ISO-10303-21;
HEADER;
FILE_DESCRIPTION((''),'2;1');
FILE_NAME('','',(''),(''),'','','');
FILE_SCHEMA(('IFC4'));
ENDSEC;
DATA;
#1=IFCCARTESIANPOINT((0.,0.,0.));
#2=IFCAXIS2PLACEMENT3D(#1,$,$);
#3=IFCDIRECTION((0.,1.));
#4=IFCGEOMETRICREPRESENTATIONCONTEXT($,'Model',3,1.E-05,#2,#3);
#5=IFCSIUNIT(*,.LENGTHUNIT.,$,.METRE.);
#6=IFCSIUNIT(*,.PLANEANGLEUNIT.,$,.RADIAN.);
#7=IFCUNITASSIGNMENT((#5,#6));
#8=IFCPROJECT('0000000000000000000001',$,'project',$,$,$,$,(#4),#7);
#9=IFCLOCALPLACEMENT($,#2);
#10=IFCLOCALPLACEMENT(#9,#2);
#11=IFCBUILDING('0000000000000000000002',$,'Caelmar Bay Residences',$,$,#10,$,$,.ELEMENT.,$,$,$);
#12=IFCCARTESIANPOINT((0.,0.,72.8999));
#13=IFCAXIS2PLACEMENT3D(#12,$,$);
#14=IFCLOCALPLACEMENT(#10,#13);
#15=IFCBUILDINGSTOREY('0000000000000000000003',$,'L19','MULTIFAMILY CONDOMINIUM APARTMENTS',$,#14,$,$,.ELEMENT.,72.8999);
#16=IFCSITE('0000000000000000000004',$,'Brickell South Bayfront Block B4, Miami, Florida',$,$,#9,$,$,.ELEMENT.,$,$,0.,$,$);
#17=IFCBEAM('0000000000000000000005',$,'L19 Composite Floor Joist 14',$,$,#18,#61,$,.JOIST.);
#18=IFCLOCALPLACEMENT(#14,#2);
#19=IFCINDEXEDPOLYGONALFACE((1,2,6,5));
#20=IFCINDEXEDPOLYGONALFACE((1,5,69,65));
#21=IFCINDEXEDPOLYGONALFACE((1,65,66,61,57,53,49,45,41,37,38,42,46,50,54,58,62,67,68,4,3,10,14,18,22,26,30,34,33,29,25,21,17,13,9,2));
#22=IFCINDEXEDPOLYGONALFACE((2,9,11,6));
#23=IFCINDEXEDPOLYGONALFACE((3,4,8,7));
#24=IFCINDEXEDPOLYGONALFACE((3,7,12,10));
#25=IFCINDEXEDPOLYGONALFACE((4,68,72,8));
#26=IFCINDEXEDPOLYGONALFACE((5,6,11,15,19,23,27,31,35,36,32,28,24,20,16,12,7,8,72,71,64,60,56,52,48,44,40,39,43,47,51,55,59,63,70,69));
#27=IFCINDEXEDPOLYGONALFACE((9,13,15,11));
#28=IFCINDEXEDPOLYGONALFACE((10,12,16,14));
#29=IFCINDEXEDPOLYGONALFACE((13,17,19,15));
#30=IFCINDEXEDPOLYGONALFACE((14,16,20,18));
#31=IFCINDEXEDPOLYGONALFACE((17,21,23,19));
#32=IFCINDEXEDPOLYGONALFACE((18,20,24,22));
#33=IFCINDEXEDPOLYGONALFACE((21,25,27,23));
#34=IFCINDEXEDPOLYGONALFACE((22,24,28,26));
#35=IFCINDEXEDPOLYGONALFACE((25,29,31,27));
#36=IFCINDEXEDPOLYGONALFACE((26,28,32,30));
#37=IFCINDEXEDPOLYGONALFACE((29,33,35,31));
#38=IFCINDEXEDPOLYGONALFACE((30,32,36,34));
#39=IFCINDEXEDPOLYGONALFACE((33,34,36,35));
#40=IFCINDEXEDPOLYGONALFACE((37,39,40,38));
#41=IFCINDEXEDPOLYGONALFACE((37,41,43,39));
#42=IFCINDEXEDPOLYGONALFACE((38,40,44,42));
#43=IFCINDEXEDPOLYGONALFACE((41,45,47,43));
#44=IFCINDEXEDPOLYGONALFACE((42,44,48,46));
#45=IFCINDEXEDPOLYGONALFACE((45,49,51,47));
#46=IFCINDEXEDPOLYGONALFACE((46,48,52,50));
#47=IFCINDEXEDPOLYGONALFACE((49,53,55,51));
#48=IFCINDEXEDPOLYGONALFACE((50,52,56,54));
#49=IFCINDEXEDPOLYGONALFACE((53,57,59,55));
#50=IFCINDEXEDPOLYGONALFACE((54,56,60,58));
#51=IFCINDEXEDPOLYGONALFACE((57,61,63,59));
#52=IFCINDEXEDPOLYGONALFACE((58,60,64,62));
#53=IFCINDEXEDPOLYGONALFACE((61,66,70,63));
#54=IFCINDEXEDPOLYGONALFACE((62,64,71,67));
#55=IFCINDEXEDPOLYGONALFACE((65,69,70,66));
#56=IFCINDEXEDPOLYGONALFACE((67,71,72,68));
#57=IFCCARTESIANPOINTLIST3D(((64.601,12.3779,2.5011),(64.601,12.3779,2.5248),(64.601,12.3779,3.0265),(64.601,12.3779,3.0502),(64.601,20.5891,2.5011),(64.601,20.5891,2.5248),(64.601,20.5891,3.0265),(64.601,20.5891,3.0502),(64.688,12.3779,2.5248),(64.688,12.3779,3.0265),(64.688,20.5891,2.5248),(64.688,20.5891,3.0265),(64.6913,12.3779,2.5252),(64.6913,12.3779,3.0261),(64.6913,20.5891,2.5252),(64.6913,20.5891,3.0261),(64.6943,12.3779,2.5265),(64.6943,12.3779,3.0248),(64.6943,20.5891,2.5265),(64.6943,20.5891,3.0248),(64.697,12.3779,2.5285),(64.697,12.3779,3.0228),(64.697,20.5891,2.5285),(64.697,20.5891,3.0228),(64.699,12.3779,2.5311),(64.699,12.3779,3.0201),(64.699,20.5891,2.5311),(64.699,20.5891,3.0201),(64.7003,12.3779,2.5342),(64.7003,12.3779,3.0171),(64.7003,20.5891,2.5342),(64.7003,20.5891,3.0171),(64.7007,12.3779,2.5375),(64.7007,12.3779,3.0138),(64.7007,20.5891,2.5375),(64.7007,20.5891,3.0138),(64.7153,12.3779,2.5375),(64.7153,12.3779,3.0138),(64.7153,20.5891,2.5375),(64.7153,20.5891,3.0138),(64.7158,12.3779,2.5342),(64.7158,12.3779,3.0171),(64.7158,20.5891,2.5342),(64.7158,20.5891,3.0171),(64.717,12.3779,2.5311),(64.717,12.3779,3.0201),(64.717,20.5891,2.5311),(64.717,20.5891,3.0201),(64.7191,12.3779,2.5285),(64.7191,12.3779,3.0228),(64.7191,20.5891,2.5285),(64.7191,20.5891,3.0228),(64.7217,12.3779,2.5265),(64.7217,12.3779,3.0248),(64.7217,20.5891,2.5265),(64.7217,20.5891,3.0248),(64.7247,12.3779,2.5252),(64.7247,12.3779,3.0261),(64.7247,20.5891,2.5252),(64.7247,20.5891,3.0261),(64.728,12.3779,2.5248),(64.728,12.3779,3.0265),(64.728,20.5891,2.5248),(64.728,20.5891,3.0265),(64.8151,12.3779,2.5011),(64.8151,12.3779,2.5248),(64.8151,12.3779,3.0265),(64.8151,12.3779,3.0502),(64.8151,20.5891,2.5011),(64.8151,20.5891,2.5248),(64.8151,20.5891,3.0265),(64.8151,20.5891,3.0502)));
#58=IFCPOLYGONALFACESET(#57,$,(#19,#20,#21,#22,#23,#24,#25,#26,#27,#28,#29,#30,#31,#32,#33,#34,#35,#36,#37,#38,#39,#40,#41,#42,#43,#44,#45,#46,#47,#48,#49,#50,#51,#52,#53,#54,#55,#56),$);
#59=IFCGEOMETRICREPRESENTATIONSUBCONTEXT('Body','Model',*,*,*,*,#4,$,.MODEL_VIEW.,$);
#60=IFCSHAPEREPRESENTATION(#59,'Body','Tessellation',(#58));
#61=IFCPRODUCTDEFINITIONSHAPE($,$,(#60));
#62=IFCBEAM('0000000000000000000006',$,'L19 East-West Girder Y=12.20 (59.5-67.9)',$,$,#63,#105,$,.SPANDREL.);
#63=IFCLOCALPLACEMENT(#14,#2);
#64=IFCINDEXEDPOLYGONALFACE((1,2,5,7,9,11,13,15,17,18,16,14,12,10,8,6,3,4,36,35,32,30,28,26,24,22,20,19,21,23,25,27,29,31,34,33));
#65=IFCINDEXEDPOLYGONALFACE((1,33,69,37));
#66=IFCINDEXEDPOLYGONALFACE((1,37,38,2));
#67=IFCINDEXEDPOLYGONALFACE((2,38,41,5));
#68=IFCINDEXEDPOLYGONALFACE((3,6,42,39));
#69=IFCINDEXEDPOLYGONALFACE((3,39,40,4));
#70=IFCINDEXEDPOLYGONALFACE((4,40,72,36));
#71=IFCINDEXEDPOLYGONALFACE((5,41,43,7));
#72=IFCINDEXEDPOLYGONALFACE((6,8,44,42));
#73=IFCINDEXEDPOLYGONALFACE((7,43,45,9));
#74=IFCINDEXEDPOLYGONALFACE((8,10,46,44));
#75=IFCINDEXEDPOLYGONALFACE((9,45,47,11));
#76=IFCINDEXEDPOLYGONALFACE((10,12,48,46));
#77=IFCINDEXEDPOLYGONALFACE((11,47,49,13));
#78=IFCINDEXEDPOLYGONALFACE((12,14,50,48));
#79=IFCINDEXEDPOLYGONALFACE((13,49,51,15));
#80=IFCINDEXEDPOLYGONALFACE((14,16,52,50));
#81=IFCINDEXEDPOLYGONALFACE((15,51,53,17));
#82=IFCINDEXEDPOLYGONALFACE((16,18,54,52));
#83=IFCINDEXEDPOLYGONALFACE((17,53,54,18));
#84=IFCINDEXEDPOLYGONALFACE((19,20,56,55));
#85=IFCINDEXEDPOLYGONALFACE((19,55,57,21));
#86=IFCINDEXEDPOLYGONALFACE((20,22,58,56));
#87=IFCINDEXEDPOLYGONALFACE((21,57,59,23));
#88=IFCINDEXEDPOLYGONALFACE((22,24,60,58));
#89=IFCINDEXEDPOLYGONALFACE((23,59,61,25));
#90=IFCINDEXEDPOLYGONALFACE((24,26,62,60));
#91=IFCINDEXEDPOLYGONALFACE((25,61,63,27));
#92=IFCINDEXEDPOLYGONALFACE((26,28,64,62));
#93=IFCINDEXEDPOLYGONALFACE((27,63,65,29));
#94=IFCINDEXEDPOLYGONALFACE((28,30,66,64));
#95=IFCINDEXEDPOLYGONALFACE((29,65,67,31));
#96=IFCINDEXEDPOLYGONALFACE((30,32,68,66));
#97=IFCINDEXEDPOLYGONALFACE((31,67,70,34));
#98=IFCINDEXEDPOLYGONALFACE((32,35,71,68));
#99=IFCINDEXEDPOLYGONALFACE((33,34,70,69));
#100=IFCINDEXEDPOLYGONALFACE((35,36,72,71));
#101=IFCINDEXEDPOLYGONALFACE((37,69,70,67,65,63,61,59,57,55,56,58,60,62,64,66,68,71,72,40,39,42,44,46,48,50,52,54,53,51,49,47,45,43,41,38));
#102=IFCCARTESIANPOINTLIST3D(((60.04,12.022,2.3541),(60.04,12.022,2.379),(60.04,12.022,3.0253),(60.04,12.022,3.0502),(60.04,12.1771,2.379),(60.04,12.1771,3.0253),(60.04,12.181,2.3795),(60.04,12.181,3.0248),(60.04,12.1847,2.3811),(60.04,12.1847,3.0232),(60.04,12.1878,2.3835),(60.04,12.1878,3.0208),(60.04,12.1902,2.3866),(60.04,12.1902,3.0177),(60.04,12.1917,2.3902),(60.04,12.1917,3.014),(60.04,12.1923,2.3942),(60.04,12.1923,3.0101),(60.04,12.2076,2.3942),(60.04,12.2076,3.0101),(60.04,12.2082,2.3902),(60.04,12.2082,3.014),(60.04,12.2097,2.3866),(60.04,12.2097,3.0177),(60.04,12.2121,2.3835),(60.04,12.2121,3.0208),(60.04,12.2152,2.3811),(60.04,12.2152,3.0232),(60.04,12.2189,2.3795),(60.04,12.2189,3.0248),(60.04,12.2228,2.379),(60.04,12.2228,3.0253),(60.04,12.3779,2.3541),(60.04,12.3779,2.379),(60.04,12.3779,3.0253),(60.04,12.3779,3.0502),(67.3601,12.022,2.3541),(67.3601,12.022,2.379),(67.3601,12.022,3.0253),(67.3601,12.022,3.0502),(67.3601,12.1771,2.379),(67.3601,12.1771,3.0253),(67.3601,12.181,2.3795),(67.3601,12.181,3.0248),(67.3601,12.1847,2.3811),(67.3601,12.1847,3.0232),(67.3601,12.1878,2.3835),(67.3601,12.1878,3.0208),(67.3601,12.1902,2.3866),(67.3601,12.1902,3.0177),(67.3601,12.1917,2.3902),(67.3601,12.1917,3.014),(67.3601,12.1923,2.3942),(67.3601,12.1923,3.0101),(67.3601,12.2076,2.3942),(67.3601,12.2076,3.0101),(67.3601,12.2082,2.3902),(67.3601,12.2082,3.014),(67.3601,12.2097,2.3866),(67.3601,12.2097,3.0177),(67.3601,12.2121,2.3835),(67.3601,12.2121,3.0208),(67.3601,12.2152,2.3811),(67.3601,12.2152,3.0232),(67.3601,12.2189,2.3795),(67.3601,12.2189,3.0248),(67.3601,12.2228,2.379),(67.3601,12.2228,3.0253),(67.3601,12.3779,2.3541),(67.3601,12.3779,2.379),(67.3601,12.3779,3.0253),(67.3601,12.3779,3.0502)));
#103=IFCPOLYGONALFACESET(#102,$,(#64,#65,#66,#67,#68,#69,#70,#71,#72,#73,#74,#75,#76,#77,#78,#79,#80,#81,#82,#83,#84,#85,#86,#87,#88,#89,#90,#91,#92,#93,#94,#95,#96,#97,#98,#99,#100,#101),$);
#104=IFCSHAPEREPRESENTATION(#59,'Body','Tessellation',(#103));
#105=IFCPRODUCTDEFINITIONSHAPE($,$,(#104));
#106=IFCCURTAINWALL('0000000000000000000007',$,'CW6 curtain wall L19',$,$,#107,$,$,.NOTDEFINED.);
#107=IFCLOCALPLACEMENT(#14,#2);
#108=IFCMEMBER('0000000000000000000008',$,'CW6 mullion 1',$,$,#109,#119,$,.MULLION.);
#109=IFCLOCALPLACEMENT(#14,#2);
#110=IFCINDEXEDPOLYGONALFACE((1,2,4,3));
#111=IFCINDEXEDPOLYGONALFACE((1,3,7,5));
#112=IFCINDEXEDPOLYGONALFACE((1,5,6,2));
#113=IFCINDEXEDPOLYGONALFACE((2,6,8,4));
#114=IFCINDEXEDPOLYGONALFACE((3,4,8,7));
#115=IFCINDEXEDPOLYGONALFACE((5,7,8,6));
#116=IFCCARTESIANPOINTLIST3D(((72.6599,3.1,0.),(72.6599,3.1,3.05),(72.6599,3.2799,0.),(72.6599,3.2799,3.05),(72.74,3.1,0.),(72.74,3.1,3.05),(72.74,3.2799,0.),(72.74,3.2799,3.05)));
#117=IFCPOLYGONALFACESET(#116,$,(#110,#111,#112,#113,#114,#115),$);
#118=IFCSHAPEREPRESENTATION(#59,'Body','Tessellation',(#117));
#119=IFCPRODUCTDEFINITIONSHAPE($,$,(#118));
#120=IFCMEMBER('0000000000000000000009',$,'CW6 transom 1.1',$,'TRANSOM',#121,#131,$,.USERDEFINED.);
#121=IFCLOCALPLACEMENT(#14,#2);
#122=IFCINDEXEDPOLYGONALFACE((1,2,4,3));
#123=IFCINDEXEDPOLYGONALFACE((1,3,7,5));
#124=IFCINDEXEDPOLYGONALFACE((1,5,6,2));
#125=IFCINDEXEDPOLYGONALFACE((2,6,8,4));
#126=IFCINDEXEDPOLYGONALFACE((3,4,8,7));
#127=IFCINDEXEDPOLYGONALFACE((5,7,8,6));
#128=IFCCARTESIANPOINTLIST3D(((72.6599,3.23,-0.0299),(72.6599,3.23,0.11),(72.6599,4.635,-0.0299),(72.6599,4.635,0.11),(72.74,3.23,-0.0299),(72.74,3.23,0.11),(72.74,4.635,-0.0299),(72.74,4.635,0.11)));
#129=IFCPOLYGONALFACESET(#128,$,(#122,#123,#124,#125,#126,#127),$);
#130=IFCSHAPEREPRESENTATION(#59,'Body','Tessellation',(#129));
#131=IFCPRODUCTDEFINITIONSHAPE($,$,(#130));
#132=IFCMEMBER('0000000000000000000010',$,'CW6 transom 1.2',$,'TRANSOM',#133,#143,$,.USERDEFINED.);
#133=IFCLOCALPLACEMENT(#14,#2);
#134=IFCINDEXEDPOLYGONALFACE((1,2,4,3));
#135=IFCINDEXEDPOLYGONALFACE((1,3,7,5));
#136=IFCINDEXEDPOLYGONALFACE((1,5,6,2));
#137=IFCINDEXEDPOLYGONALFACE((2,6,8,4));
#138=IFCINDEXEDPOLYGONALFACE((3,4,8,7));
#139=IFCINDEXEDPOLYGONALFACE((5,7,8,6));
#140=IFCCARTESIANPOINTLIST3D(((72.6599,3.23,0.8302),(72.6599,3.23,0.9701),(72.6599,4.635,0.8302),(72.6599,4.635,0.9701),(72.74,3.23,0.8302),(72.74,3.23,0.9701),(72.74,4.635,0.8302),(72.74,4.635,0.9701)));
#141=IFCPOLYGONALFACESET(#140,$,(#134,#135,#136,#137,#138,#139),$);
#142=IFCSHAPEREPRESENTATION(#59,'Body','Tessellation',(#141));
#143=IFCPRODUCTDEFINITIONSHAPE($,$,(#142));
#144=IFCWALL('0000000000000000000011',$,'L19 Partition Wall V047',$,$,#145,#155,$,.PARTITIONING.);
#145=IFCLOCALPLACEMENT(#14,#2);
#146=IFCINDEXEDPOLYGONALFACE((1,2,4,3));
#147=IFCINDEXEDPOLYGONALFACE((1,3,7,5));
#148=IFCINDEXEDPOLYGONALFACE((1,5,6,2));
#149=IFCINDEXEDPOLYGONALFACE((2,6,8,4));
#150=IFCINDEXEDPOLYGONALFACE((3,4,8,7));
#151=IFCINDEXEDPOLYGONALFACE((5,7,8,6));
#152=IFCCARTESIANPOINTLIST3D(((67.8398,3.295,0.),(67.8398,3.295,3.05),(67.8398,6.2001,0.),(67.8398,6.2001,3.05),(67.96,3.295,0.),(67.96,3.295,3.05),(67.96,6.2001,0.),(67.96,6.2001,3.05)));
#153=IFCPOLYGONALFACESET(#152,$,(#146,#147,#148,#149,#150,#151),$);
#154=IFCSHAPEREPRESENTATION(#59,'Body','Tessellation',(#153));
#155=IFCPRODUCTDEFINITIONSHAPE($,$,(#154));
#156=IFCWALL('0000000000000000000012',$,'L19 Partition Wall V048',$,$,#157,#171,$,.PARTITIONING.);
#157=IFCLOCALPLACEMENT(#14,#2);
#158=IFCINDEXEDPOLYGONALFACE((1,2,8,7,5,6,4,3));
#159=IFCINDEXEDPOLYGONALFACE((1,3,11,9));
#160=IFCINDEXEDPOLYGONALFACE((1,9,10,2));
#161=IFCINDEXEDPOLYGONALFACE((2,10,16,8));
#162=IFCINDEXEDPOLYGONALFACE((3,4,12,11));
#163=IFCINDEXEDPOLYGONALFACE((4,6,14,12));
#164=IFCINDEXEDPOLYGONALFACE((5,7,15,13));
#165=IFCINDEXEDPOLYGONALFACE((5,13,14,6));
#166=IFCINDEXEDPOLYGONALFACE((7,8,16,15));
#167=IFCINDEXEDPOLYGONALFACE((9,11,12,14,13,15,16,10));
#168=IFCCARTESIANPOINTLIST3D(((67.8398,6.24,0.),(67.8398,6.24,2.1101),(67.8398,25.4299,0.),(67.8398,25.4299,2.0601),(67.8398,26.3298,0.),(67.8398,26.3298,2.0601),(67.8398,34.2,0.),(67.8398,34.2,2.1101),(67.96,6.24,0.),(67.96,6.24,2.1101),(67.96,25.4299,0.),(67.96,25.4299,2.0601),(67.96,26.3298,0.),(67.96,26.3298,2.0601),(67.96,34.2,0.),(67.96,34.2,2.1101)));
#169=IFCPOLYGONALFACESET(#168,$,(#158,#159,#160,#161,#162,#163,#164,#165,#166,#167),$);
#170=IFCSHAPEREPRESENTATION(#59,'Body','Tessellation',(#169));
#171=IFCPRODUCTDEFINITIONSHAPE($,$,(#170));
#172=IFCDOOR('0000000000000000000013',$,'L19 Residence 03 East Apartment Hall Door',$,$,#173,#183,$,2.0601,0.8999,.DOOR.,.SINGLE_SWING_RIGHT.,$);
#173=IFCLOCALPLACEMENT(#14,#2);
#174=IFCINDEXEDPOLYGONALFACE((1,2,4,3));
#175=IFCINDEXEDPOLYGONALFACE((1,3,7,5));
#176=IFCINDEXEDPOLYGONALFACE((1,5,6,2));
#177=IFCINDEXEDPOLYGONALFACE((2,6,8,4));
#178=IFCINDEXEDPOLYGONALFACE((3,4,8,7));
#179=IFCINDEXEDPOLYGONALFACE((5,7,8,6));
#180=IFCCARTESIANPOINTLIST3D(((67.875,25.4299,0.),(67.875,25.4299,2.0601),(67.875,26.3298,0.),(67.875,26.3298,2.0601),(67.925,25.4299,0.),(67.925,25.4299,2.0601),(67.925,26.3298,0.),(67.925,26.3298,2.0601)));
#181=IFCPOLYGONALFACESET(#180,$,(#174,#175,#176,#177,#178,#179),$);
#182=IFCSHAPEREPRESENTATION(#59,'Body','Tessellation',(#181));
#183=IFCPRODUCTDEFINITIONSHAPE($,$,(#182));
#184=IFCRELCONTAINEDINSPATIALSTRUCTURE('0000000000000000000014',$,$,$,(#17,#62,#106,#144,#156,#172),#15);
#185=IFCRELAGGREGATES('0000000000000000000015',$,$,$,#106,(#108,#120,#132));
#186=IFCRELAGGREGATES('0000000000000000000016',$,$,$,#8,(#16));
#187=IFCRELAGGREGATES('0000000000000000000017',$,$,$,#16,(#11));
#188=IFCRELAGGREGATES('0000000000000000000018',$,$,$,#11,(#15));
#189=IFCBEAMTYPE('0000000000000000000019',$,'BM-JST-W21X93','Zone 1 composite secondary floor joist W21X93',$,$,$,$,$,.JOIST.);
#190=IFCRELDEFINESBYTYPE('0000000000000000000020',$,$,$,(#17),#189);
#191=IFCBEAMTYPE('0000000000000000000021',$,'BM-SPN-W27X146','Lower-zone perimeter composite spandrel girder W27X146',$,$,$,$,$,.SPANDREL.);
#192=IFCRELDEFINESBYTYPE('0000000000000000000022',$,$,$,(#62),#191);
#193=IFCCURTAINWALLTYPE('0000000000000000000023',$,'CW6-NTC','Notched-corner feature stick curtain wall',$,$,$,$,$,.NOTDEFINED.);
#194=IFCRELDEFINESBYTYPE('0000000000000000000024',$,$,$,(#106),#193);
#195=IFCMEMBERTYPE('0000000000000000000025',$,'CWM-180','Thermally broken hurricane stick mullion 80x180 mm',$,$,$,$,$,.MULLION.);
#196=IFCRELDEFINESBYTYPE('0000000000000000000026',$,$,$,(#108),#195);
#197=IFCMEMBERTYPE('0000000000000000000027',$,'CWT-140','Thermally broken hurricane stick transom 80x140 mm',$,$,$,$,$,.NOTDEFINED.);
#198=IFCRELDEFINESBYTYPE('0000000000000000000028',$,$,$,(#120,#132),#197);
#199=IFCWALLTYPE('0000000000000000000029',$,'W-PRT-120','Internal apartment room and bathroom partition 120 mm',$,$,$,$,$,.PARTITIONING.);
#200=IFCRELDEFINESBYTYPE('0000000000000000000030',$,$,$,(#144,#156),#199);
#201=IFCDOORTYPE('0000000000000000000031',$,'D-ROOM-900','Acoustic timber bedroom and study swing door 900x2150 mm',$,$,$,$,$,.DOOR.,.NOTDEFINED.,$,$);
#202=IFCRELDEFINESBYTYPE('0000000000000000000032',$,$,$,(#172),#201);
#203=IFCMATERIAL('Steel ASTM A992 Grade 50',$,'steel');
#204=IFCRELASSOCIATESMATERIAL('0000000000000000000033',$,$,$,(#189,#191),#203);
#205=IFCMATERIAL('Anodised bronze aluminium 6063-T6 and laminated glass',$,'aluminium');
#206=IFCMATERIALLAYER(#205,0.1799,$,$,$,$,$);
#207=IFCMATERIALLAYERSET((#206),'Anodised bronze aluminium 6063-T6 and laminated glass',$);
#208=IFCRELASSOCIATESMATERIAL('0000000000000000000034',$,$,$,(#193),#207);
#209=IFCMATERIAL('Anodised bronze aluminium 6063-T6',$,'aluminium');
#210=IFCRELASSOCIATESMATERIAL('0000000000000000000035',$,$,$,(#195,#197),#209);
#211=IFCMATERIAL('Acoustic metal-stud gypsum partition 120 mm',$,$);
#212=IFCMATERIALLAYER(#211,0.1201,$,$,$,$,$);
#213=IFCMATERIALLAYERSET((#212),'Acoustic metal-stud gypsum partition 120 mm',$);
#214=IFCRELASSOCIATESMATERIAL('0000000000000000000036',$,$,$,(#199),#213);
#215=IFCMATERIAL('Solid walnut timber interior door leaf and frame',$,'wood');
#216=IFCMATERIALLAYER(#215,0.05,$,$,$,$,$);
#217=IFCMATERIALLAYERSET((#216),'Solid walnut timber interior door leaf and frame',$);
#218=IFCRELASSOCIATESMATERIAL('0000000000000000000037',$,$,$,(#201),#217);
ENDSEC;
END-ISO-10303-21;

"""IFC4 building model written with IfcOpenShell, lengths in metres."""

from ifc_helpers import new_model, si_unit, direction, frame, frame_2d, origin, origin_2d, place, context, subcontext, project, spatial, rectangle, i_section, extrude, material, layer, layer_set, material_profile, profile_set, type_object, element, fill, aggregate, save


model = new_model("IFC4")

# Units and contexts
model_context = context("Model", 3, precision=1e-05, world=origin(), true_north=direction((0.0, 1.0)))
body_context = subcontext(model_context, "Body", "Model", "MODEL_VIEW")
ifc_project = project(units=[si_unit("LENGTHUNIT", "METRE"), si_unit("PLANEANGLEUNIT", "RADIAN")], contexts=[model_context])

# Site, building, storey
site_placement = place(None, origin())
site = spatial("IfcSite", under=ifc_project, at=site_placement, Name="Brickell South Bayfront Block B4, Miami, Florida", CompositionType="ELEMENT", RefElevation=0.0)
building_placement = place(site_placement, origin())
building = spatial("IfcBuilding", under=site, at=building_placement, Name="Caelmar Bay Residences", CompositionType="ELEMENT")
storey_placement = place(building_placement, frame((0.0, 0.0, 72.8999)))
storey = spatial("IfcBuildingStorey", under=building, at=storey_placement, Name="L19", Description="MULTIFAMILY CONDOMINIUM APARTMENTS", CompositionType="ELEMENT", Elevation=72.8999)

# Beams
ifc_material_1 = material(Name="Steel ASTM A992 Grade 50", Category="steel")
ifc_material_profile_1 = material_profile(ifc_material_1, i_section(OverallWidth=0.2141, OverallDepth=0.5491, WebThickness=0.0146, FlangeThickness=0.0237, FilletRadius=0.0127, at=origin_2d()), Name="W21X93")
ifc_profile_set_1 = profile_set([ifc_material_profile_1], Name="Steel ASTM A992 Grade 50")
beam_type_1 = type_object("IfcBeamType", Name="BM-JST-W21X93", Description="Zone 1 composite secondary floor joist W21X93", PredefinedType="JOIST", material=ifc_profile_set_1)
beam_1_placement = place(storey_placement, frame((64.708, 12.3779, 2.7756), z_axis=(0.0, 1.0, 0.0), x_axis=(-1.0, 0.0, 0.0)))
element("IfcBeam", 1, at=beam_1_placement, inside=storey, type_object=beam_type_1, Name="L19 Composite Floor Joist 14", PredefinedType="JOIST", context=body_context, shape_type="SweptSolid", body=[
    extrude(i_section(OverallWidth=0.2141, OverallDepth=0.5491, WebThickness=0.0146, FlangeThickness=0.0237, FilletRadius=0.0127, at=origin_2d()), origin(), (0.0, 0.0, 1.0), 8.2112),
])
ifc_material_profile_2 = material_profile(ifc_material_1, i_section(OverallWidth=0.356, OverallDepth=0.696, WebThickness=0.0154, FlangeThickness=0.0249, FilletRadius=0.0151, at=origin_2d()), Name="W27X146")
ifc_profile_set_2 = profile_set([ifc_material_profile_2], Name="Steel ASTM A992 Grade 50")
beam_type_2 = type_object("IfcBeamType", Name="BM-SPN-W27X146", Description="Lower-zone perimeter composite spandrel girder W27X146", PredefinedType="SPANDREL", material=ifc_profile_set_2)
beam_2_placement = place(storey_placement, frame((60.04, 12.2, 2.7021), z_axis=(1.0, 0.0, 0.0), x_axis=(0.0, 1.0, 0.0)))
element("IfcBeam", 2, at=beam_2_placement, inside=storey, type_object=beam_type_2, Name="L19 East-West Girder Y=12.20 (59.5-67.9)", PredefinedType="SPANDREL", context=body_context, shape_type="SweptSolid", body=[
    extrude(i_section(OverallWidth=0.356, OverallDepth=0.696, WebThickness=0.0154, FlangeThickness=0.0249, FilletRadius=0.0151, at=origin_2d()), origin(), (0.0, 0.0, 1.0), 7.3201),
])

# Curtain wall, members
ifc_material_2 = material(Name="Anodised bronze aluminium 6063-T6 and laminated glass", Category="aluminium")
ifc_layer_1 = layer(ifc_material_2, 0.1799)
ifc_layer_set_1 = layer_set([ifc_layer_1], Name="Anodised bronze aluminium 6063-T6 and laminated glass")
curtain_wall_type = type_object("IfcCurtainWallType", Name="CW6-NTC", Description="Notched-corner feature stick curtain wall", PredefinedType="NOTDEFINED", material=ifc_layer_set_1)
curtain_wall_placement = place(storey_placement, origin())
curtain_wall = element("IfcCurtainWall", 3, at=curtain_wall_placement, inside=storey, type_object=curtain_wall_type, Name="CW6 curtain wall L19", PredefinedType="NOTDEFINED")
ifc_material_3 = material(Name="Anodised bronze aluminium 6063-T6", Category="aluminium")
ifc_material_profile_3 = material_profile(ifc_material_3, rectangle(XDim=0.0801, YDim=0.1799, at=origin_2d()), Name="CWM-80X180")
ifc_profile_set_3 = profile_set([ifc_material_profile_3], Name="Anodised bronze aluminium 6063-T6")
member_type_1 = type_object("IfcMemberType", Name="CWM-180", Description="Thermally broken hurricane stick mullion 80x180 mm", PredefinedType="MULLION", material=ifc_profile_set_3)
member_1_placement = place(storey_placement, frame((72.7, 3.1899, 0.0), z_axis=(0.0, 0.0, 1.0), x_axis=(-1.0, 0.0, 0.0)))
member_1 = element("IfcMember", 4, at=member_1_placement, type_object=member_type_1, Name="CW6 mullion 1", PredefinedType="MULLION", context=body_context, shape_type="SweptSolid", body=[
    extrude(rectangle(XDim=0.0801, YDim=0.1799, at=origin_2d()), origin(), (0.0, 0.0, 1.0), 3.05),
])
ifc_material_profile_4 = material_profile(ifc_material_3, rectangle(XDim=0.0801, YDim=0.1399, at=origin_2d()), Name="CWT-80X140")
ifc_profile_set_4 = profile_set([ifc_material_profile_4], Name="Anodised bronze aluminium 6063-T6")
member_type_2 = type_object("IfcMemberType", Name="CWT-140", Description="Thermally broken hurricane stick transom 80x140 mm", PredefinedType="NOTDEFINED", material=ifc_profile_set_4)
member_2_placement = place(storey_placement, frame((72.7, 3.23, 0.04), z_axis=(0.0, 1.0, 0.0), x_axis=(-1.0, 0.0, 0.0)))
member_2 = element("IfcMember", 5, at=member_2_placement, type_object=member_type_2, Name="CW6 transom 1.1", ObjectType="TRANSOM", PredefinedType="USERDEFINED", context=body_context, shape_type="SweptSolid", body=[
    extrude(rectangle(XDim=0.0801, YDim=0.1399, at=origin_2d()), origin(), (0.0, 0.0, 1.0), 1.405),
])
member_3_placement = place(storey_placement, frame((72.7, 3.23, 0.9001), z_axis=(0.0, 1.0, 0.0), x_axis=(-1.0, 0.0, 0.0)))
member_3 = element("IfcMember", 6, at=member_3_placement, type_object=member_type_2, Name="CW6 transom 1.2", ObjectType="TRANSOM", PredefinedType="USERDEFINED", context=body_context, shape_type="SweptSolid", body=[
    extrude(rectangle(XDim=0.0801, YDim=0.1399, at=origin_2d()), origin(), (0.0, 0.0, 1.0), 1.405),
])
aggregate(curtain_wall, [member_1, member_2, member_3])

# Wall
ifc_material_4 = material(Name="Acoustic metal-stud gypsum partition 120 mm")
ifc_layer_2 = layer(ifc_material_4, 0.1201)
ifc_layer_set_2 = layer_set([ifc_layer_2], Name="Acoustic metal-stud gypsum partition 120 mm")
wall_type_1 = type_object("IfcWallType", Name="W-PRT-120", Description="Internal apartment room and bathroom partition 120 mm", PredefinedType="PARTITIONING", material=ifc_layer_set_2)
wall_1_placement = place(storey_placement, frame((67.8999, 3.2949, 0.0), z_axis=(0.0, 0.0, 1.0), x_axis=(0.0, 1.0, 0.0)))
element("IfcWall", 7, at=wall_1_placement, inside=storey, type_object=wall_type_1, Name="L19 Partition Wall V047", PredefinedType="PARTITIONING", context=body_context, shape_type="SweptSolid", body=[
    extrude(rectangle(XDim=2.905, YDim=0.1201, at=frame_2d((1.4526, 0.0))), origin(), (0.0, 0.0, 1.0), 3.05),
])

# Wall, opening, door
wall_2_placement = place(storey_placement, frame((67.8999, 6.24, 0.0), z_axis=(0.0, 0.0, 1.0), x_axis=(0.0, 1.0, 0.0)))
wall_2 = element("IfcWall", 8, at=wall_2_placement, inside=storey, type_object=wall_type_1, Name="L19 Partition Wall V048", PredefinedType="PARTITIONING", context=body_context, shape_type="SweptSolid", body=[
    extrude(rectangle(XDim=27.96, YDim=0.1201, at=frame_2d((13.98, 0.0))), origin(), (0.0, 0.0, 1.0), 2.1101),
])
opening_1_placement = place(wall_2_placement, frame((19.1899, 0.0, 0.0)))
opening_1 = element("IfcOpeningElement", 9, at=opening_1_placement, cuts=wall_2, PredefinedType="OPENING", context=body_context, shape_type="SweptSolid", body=[
    extrude(rectangle(XDim=0.8999, YDim=2.0601, at=frame_2d((0.45, 1.03))), frame((0.0, 0.0701, 0.0), z_axis=(0.0, -1.0, 0.0), x_axis=(1.0, 0.0, 0.0)), (0.0, 0.0, 1.0), 0.1401),
])
ifc_material_5 = material(Name="Solid walnut timber interior door leaf and frame", Category="wood")
ifc_layer_3 = layer(ifc_material_5, 0.05)
ifc_layer_set_3 = layer_set([ifc_layer_3], Name="Solid walnut timber interior door leaf and frame")
door_type_1 = type_object("IfcDoorType", Name="D-ROOM-900", Description="Acoustic timber bedroom and study swing door 900x2150 mm", OperationType="NOTDEFINED", PredefinedType="DOOR", material=ifc_layer_set_3)
door_1_placement = place(opening_1_placement, origin())
door_1 = element("IfcDoor", 10, at=door_1_placement, inside=storey, type_object=door_type_1, Name="L19 Residence 03 East Apartment Hall Door", OperationType="SINGLE_SWING_RIGHT", OverallHeight=2.0601, OverallWidth=0.8999, PredefinedType="DOOR", context=body_context, shape_type="SweptSolid", body=[
    extrude(rectangle(XDim=0.8999, YDim=2.0601, at=frame_2d((0.45, 1.03))), frame((0.0, 0.0249, 0.0), z_axis=(0.0, -1.0, 0.0), x_axis=(1.0, 0.0, 0.0)), (0.0, 0.0, 1.0), 0.05),
])
fill(opening_1, door_1)

save(model, "model.ifc")
